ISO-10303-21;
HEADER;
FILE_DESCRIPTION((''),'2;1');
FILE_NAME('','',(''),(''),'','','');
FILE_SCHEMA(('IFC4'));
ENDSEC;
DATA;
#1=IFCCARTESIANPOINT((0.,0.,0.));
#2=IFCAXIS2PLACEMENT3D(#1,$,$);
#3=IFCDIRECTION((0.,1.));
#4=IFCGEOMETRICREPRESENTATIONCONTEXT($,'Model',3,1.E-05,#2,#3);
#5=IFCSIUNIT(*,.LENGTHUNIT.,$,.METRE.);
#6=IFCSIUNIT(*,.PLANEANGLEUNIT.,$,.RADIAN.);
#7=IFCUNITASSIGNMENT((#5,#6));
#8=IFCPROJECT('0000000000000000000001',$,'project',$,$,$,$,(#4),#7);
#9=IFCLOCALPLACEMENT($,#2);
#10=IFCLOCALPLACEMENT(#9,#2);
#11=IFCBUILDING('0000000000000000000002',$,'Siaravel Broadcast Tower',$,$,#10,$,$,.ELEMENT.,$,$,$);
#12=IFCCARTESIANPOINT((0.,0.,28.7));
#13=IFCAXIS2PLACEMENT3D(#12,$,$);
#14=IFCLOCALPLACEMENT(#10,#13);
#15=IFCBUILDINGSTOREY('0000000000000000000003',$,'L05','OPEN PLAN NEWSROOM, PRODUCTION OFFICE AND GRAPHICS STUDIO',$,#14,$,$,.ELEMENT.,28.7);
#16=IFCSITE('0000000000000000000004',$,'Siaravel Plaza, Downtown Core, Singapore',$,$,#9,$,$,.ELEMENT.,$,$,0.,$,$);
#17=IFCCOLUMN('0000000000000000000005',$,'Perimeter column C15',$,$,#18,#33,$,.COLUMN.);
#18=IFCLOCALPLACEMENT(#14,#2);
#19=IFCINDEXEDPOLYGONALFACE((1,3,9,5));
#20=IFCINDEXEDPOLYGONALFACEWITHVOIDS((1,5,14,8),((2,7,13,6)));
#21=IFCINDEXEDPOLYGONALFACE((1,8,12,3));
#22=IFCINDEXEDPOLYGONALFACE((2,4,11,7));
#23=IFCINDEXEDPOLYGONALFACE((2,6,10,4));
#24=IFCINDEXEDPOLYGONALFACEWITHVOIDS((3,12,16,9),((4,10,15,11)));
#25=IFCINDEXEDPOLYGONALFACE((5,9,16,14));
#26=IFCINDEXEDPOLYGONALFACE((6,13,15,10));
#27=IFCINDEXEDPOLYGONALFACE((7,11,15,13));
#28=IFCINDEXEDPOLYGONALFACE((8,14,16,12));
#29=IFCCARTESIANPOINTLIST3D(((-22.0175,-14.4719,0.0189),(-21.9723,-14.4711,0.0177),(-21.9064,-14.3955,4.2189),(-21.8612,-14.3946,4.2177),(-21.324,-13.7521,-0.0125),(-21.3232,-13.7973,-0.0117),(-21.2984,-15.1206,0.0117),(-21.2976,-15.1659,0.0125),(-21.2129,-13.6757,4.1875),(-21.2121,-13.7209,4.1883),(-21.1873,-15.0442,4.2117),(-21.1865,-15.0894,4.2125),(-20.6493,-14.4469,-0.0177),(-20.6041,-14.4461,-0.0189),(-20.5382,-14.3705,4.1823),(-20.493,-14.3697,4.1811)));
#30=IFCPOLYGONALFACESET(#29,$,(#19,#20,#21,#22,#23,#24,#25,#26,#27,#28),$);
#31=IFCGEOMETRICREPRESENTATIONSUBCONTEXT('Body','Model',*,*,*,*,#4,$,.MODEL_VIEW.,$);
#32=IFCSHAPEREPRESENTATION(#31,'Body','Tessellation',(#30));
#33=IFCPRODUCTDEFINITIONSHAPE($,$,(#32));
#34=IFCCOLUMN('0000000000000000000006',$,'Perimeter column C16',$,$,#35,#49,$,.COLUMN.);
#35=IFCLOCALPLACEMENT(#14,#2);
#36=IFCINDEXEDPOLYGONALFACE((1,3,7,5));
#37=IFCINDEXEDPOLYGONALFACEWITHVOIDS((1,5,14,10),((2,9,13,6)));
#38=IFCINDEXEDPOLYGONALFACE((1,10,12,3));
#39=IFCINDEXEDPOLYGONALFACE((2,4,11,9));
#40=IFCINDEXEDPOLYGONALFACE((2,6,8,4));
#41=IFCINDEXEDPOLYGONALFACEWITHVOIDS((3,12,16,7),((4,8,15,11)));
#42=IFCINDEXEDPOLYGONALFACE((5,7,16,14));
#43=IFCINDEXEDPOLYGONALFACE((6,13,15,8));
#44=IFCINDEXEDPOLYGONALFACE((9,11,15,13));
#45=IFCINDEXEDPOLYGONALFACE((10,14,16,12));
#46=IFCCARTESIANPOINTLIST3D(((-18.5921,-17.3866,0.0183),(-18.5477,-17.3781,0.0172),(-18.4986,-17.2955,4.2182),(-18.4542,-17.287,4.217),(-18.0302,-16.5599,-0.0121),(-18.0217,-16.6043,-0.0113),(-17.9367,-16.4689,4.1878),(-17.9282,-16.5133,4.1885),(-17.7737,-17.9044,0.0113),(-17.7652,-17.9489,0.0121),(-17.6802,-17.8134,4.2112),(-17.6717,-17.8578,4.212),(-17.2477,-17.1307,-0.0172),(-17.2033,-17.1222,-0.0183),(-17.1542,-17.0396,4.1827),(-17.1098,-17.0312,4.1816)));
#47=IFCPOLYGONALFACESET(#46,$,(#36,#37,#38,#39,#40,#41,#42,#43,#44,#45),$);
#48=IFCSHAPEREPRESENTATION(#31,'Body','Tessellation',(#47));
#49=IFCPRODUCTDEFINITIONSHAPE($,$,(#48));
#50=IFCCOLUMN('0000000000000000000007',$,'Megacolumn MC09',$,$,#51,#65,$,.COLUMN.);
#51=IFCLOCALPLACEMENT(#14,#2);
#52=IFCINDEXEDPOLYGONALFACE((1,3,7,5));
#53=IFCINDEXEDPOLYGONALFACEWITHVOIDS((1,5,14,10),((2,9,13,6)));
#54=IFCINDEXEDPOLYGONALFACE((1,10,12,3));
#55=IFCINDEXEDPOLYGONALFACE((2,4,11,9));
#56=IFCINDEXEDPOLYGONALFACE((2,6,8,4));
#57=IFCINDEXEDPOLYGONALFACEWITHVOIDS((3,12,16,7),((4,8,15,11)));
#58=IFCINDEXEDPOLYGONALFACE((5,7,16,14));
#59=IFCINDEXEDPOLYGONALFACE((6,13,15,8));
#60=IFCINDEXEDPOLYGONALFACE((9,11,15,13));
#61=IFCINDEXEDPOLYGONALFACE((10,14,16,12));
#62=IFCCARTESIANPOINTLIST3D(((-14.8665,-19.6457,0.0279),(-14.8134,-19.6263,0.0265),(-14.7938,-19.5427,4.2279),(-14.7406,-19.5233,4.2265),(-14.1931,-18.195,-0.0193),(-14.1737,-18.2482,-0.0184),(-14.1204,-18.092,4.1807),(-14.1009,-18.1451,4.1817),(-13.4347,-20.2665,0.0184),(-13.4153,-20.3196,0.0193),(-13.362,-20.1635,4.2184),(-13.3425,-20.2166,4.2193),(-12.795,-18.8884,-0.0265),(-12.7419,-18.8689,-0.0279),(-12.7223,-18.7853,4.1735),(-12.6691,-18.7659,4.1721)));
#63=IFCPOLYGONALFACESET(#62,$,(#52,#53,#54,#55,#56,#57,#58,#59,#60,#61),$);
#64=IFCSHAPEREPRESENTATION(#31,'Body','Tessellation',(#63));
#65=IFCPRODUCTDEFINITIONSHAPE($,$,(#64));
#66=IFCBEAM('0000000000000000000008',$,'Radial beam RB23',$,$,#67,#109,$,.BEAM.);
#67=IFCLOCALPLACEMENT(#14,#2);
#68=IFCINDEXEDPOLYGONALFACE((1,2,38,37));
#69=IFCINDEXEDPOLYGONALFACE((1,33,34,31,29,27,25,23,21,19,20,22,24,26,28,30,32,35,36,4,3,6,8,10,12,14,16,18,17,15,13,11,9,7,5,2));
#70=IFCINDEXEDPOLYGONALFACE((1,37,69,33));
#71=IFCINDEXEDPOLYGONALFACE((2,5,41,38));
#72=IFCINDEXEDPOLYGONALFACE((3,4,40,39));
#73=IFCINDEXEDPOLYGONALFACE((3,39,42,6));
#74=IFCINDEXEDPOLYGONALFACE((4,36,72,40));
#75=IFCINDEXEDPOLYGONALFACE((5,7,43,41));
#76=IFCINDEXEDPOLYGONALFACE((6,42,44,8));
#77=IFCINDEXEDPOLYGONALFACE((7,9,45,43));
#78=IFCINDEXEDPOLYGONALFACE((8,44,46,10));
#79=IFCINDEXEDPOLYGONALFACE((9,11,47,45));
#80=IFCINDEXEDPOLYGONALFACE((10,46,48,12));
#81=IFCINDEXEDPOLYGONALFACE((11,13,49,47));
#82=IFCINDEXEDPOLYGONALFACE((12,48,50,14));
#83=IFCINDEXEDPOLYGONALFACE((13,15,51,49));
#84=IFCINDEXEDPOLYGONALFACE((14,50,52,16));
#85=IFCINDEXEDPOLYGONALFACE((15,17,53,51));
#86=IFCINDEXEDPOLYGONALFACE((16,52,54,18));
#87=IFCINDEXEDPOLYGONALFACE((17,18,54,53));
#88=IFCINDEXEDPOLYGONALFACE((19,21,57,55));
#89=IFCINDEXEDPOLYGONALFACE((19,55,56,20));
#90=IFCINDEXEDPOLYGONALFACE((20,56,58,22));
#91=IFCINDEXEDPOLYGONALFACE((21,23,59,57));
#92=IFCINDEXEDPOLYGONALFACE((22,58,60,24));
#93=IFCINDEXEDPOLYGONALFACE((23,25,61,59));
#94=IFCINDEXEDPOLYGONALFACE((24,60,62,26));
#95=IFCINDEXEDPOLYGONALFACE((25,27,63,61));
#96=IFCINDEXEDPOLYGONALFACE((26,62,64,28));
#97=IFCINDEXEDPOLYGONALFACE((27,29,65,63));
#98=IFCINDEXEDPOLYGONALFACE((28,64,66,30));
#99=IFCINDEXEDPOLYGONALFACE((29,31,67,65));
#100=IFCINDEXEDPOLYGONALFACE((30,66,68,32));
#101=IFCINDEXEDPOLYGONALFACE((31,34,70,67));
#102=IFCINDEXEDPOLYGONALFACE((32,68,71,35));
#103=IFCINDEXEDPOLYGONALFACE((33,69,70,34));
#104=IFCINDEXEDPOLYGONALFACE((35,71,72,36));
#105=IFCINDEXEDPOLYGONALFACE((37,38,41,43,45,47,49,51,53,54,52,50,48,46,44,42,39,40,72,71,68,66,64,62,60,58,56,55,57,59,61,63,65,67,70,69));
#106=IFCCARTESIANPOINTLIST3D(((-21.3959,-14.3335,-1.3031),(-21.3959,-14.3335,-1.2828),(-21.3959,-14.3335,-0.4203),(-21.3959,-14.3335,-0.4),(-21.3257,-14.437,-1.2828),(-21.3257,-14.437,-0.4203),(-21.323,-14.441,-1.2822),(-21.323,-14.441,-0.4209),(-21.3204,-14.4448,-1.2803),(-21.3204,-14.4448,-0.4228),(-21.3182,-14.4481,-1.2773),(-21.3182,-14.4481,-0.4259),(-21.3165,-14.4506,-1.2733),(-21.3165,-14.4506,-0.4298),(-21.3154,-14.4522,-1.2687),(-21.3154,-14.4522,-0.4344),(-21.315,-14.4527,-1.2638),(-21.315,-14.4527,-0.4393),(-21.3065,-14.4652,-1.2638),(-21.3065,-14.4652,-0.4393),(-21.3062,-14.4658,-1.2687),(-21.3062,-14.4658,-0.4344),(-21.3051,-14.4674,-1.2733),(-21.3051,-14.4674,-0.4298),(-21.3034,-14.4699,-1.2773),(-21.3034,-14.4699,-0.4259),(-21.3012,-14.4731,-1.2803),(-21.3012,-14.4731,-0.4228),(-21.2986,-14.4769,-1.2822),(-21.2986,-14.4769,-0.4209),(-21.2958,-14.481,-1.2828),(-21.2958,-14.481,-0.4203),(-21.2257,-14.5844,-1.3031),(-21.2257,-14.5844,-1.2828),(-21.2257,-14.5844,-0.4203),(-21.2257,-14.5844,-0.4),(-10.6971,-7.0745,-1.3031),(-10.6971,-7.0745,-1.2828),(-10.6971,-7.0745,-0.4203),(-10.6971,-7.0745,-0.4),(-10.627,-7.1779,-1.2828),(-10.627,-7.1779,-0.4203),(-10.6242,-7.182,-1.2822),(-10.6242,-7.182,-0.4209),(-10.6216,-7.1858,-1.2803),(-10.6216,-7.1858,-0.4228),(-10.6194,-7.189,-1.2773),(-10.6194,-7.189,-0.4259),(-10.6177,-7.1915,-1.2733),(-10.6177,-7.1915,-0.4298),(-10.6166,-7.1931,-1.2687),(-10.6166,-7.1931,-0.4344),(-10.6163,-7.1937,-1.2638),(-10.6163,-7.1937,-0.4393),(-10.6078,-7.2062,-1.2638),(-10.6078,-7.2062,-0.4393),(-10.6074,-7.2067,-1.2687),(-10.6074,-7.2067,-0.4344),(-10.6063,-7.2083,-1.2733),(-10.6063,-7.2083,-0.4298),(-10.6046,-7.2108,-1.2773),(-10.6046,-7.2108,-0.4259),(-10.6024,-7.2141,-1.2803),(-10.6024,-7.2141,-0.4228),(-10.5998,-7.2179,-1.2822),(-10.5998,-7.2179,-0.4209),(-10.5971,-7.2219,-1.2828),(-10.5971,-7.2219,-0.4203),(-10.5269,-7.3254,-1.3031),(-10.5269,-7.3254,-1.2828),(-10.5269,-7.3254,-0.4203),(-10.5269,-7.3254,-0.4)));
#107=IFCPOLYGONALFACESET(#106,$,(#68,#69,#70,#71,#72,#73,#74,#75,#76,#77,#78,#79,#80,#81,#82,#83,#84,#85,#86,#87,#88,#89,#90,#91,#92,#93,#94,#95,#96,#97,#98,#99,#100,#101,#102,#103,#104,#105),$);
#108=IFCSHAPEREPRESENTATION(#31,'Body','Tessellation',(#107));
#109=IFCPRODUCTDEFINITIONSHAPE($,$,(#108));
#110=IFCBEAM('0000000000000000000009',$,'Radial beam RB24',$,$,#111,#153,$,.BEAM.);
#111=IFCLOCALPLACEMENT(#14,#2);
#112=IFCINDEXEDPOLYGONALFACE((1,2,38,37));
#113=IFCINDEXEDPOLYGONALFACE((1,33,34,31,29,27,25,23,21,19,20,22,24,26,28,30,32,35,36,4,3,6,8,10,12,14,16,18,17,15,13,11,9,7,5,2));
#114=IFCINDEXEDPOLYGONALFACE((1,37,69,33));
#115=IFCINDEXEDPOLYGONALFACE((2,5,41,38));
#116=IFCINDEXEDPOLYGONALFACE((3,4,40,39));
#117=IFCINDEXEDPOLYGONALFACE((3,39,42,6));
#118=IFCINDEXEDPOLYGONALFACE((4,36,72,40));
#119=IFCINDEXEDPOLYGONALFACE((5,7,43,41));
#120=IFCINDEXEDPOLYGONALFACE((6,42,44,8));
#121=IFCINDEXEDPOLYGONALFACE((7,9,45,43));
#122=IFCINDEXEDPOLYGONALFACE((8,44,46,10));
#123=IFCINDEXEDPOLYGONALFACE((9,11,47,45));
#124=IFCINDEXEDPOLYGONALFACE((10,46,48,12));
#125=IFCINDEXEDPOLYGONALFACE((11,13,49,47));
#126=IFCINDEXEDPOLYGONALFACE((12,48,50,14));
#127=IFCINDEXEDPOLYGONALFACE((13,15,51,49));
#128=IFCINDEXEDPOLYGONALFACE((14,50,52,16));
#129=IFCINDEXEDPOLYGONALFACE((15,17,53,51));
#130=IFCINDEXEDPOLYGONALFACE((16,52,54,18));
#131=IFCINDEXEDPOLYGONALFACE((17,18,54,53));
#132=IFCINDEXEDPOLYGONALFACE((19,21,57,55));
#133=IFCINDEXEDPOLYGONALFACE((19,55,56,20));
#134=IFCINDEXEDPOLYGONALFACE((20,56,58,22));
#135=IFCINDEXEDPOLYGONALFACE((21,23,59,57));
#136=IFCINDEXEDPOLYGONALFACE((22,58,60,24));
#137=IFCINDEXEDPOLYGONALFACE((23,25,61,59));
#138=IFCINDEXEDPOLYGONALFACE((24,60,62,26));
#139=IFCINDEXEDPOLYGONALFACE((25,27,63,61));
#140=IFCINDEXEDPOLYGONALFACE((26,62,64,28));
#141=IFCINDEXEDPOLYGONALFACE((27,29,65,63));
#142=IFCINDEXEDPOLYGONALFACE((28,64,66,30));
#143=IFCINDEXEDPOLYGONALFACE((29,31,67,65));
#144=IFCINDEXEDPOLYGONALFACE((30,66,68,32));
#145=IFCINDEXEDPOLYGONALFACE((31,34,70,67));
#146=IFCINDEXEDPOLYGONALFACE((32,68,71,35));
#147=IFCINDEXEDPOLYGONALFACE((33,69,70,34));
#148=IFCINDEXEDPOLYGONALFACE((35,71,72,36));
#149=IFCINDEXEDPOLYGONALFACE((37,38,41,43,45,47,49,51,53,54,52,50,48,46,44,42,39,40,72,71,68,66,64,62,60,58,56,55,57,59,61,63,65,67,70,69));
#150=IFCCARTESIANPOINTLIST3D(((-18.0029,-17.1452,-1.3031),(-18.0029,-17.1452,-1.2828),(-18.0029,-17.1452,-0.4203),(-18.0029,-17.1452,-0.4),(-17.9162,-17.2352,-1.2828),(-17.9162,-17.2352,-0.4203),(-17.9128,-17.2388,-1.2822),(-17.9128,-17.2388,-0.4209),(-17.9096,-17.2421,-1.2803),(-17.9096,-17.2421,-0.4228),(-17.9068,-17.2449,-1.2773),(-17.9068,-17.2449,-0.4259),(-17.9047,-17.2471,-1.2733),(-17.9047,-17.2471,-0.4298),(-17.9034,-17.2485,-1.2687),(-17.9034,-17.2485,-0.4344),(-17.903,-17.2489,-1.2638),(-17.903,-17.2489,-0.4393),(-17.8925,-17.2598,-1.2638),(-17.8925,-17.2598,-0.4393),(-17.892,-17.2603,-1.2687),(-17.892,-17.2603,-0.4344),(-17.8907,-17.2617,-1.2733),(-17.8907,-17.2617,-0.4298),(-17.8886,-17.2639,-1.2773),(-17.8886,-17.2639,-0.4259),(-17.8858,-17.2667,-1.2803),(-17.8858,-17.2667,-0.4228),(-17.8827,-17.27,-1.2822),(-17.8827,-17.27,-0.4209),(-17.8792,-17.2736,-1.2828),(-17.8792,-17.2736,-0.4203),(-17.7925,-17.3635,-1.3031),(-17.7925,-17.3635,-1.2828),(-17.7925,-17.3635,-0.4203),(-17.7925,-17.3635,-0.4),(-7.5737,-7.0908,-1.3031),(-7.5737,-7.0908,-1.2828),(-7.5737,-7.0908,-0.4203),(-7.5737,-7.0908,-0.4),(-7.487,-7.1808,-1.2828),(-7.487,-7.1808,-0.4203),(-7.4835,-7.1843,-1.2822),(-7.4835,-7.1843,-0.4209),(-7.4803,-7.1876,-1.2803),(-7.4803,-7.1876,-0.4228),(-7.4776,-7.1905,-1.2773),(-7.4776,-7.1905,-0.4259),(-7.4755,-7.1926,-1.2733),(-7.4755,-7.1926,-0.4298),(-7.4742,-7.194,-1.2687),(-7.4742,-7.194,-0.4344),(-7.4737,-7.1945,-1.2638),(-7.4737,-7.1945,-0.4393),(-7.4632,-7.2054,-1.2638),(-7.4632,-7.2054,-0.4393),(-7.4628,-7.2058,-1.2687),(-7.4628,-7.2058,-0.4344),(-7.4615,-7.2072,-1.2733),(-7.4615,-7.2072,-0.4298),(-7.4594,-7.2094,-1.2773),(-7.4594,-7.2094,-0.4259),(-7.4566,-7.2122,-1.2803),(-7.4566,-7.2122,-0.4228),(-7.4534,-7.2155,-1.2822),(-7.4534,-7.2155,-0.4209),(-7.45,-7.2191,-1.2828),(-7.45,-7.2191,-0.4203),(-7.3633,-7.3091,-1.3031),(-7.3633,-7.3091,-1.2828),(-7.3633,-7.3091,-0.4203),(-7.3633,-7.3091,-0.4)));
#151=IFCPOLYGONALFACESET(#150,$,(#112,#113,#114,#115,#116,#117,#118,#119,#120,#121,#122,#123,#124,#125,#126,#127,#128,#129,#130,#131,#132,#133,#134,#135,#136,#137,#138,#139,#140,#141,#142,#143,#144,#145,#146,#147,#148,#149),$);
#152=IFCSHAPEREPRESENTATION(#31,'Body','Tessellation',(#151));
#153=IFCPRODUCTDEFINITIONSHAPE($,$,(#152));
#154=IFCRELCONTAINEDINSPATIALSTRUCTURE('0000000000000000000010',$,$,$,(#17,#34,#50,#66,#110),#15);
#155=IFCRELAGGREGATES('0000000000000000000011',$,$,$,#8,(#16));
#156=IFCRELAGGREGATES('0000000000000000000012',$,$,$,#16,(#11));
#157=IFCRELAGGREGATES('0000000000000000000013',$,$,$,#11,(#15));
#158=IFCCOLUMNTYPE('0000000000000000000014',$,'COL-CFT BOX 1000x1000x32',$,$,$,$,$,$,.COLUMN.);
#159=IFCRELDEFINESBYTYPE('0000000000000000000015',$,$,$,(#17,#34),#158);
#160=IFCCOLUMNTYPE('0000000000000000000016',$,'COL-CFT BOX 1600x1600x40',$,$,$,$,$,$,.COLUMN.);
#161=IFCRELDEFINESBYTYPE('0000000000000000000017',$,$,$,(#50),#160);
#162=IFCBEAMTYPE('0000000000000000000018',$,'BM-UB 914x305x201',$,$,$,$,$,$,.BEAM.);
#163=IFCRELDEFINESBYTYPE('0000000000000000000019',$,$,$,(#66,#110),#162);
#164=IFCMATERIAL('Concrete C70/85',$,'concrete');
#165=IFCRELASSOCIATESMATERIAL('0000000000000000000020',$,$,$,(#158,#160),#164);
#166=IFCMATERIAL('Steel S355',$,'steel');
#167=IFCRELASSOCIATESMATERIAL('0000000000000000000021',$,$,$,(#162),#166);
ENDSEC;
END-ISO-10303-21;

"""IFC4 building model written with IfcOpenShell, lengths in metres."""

from ifc_helpers import new_model, si_unit, direction, frame, origin, origin_2d, place, context, subcontext, project, spatial, hollow_rectangle, i_section, extrude, material, material_profile, profile_set, type_object, element, save


model = new_model("IFC4")

# Units and contexts
model_context = context("Model", 3, precision=1e-05, world=origin(), true_north=direction((0.0, 1.0)))
body_context = subcontext(model_context, "Body", "Model", "MODEL_VIEW")
ifc_project = project(units=[si_unit("LENGTHUNIT", "METRE"), si_unit("PLANEANGLEUNIT", "RADIAN")], contexts=[model_context])

# Site, building, storey
site_placement = place(None, origin())
site = spatial("IfcSite", under=ifc_project, at=site_placement, Name="Siaravel Plaza, Downtown Core, Singapore", CompositionType="ELEMENT", RefElevation=0.0)
building_placement = place(site_placement, origin())
building = spatial("IfcBuilding", under=site, at=building_placement, Name="Siaravel Broadcast Tower", CompositionType="ELEMENT")
storey_placement = place(building_placement, frame((0.0, 0.0, 28.7)))
storey = spatial("IfcBuildingStorey", under=building, at=storey_placement, Name="L05", Description="OPEN PLAN NEWSROOM, PRODUCTION OFFICE AND GRAPHICS STUDIO", CompositionType="ELEMENT", Elevation=28.7)

# Columns
ifc_material_1 = material(Name="Concrete C70/85", Category="concrete")
ifc_material_profile_1 = material_profile(ifc_material_1, hollow_rectangle(XDim=1.0, YDim=1.0, WallThickness=0.032, at=origin_2d()))
ifc_profile_set_1 = profile_set([ifc_material_profile_1], Name="Concrete C70/85")
column_type_1 = type_object("IfcColumnType", Name="COL-CFT BOX 1000x1000x32", PredefinedType="COLUMN", material=ifc_profile_set_1)
column_1_placement = place(storey_placement, frame((-21.3108, -14.459, 0.0), z_axis=(0.026435, 0.018185, 0.999485), x_axis=(-0.719977, 0.693969, 0.006416)))
element("IfcColumn", 1, at=column_1_placement, inside=storey, type_object=column_type_1, Name="Perimeter column C15", PredefinedType="COLUMN", context=body_context, shape_type="SweptSolid", body=[
    extrude(hollow_rectangle(XDim=1.0, YDim=1.0, WallThickness=0.032, at=origin_2d()), origin(), (0.0, 0.0, 1.0), 4.2021),
])
column_2_placement = place(storey_placement, frame((-17.8977, -17.2544, 0.0), z_axis=(0.022253, 0.021672, 0.999517), x_axis=(-0.826905, 0.562307, 0.006218)))
element("IfcColumn", 2, at=column_2_placement, inside=storey, type_object=column_type_1, Name="Perimeter column C16", PredefinedType="COLUMN", context=body_context, shape_type="SweptSolid", body=[
    extrude(hollow_rectangle(XDim=1.0, YDim=1.0, WallThickness=0.032, at=origin_2d()), origin(), (0.0, 0.0, 1.0), 4.2019),
])
ifc_material_profile_2 = material_profile(ifc_material_1, hollow_rectangle(XDim=1.6001, YDim=1.6001, WallThickness=0.04, at=origin_2d()))
ifc_profile_set_2 = profile_set([ifc_material_profile_2], Name="Concrete C70/85")
column_type_2 = type_object("IfcColumnType", Name="COL-CFT BOX 1600x1600x40", PredefinedType="COLUMN", material=ifc_profile_set_2)
column_3_placement = place(storey_placement, frame((-13.8042, -19.2573, 0.0), z_axis=(0.017315, 0.02452, 0.999549), x_axis=(-0.906966, 0.421169, 0.005379)))
element("IfcColumn", 3, at=column_3_placement, inside=storey, type_object=column_type_2, Name="Megacolumn MC09", PredefinedType="COLUMN", context=body_context, shape_type="SweptSolid", body=[
    extrude(hollow_rectangle(XDim=1.6001, YDim=1.6001, WallThickness=0.04, at=origin_2d()), origin(), (0.0, 0.0, 1.0), 4.2019),
])

# Beams
ifc_material_2 = material(Name="Steel S355", Category="steel")
ifc_material_profile_3 = material_profile(ifc_material_2, i_section(OverallWidth=0.3032, OverallDepth=0.9031, WebThickness=0.0151, FlangeThickness=0.0203, FilletRadius=0.019, at=origin_2d()))
ifc_profile_set_3 = profile_set([ifc_material_profile_3], Name="Steel S355")
beam_type = type_object("IfcBeamType", Name="BM-UB 914x305x201", PredefinedType="BEAM", material=ifc_profile_set_3)
beam_1_placement = place(storey_placement, frame((-21.3108, -14.459, -0.8516), z_axis=(0.827505, 0.561458, 0.0), x_axis=(-0.561458, 0.827505, 0.0)))
element("IfcBeam", 4, at=beam_1_placement, inside=storey, type_object=beam_type, Name="Radial beam RB23", PredefinedType="BEAM", context=body_context, shape_type="SweptSolid", body=[
    extrude(i_section(OverallWidth=0.3032, OverallDepth=0.9031, WebThickness=0.0151, FlangeThickness=0.0203, FilletRadius=0.019, at=origin_2d()), origin(), (0.0, 0.0, 1.0), 12.929),
])
beam_2_placement = place(storey_placement, frame((-17.8977, -17.2544, -0.8516), z_axis=(0.719923, 0.694054, 0.0), x_axis=(-0.694054, 0.719923, 0.0)))
element("IfcBeam", 5, at=beam_2_placement, inside=storey, type_object=beam_type, Name="Radial beam RB24", PredefinedType="BEAM", context=body_context, shape_type="SweptSolid", body=[
    extrude(i_section(OverallWidth=0.3032, OverallDepth=0.9031, WebThickness=0.0151, FlangeThickness=0.0203, FilletRadius=0.019, at=origin_2d()), origin(), (0.0, 0.0, 1.0), 14.4866),
])

save(model, "model.ifc")
